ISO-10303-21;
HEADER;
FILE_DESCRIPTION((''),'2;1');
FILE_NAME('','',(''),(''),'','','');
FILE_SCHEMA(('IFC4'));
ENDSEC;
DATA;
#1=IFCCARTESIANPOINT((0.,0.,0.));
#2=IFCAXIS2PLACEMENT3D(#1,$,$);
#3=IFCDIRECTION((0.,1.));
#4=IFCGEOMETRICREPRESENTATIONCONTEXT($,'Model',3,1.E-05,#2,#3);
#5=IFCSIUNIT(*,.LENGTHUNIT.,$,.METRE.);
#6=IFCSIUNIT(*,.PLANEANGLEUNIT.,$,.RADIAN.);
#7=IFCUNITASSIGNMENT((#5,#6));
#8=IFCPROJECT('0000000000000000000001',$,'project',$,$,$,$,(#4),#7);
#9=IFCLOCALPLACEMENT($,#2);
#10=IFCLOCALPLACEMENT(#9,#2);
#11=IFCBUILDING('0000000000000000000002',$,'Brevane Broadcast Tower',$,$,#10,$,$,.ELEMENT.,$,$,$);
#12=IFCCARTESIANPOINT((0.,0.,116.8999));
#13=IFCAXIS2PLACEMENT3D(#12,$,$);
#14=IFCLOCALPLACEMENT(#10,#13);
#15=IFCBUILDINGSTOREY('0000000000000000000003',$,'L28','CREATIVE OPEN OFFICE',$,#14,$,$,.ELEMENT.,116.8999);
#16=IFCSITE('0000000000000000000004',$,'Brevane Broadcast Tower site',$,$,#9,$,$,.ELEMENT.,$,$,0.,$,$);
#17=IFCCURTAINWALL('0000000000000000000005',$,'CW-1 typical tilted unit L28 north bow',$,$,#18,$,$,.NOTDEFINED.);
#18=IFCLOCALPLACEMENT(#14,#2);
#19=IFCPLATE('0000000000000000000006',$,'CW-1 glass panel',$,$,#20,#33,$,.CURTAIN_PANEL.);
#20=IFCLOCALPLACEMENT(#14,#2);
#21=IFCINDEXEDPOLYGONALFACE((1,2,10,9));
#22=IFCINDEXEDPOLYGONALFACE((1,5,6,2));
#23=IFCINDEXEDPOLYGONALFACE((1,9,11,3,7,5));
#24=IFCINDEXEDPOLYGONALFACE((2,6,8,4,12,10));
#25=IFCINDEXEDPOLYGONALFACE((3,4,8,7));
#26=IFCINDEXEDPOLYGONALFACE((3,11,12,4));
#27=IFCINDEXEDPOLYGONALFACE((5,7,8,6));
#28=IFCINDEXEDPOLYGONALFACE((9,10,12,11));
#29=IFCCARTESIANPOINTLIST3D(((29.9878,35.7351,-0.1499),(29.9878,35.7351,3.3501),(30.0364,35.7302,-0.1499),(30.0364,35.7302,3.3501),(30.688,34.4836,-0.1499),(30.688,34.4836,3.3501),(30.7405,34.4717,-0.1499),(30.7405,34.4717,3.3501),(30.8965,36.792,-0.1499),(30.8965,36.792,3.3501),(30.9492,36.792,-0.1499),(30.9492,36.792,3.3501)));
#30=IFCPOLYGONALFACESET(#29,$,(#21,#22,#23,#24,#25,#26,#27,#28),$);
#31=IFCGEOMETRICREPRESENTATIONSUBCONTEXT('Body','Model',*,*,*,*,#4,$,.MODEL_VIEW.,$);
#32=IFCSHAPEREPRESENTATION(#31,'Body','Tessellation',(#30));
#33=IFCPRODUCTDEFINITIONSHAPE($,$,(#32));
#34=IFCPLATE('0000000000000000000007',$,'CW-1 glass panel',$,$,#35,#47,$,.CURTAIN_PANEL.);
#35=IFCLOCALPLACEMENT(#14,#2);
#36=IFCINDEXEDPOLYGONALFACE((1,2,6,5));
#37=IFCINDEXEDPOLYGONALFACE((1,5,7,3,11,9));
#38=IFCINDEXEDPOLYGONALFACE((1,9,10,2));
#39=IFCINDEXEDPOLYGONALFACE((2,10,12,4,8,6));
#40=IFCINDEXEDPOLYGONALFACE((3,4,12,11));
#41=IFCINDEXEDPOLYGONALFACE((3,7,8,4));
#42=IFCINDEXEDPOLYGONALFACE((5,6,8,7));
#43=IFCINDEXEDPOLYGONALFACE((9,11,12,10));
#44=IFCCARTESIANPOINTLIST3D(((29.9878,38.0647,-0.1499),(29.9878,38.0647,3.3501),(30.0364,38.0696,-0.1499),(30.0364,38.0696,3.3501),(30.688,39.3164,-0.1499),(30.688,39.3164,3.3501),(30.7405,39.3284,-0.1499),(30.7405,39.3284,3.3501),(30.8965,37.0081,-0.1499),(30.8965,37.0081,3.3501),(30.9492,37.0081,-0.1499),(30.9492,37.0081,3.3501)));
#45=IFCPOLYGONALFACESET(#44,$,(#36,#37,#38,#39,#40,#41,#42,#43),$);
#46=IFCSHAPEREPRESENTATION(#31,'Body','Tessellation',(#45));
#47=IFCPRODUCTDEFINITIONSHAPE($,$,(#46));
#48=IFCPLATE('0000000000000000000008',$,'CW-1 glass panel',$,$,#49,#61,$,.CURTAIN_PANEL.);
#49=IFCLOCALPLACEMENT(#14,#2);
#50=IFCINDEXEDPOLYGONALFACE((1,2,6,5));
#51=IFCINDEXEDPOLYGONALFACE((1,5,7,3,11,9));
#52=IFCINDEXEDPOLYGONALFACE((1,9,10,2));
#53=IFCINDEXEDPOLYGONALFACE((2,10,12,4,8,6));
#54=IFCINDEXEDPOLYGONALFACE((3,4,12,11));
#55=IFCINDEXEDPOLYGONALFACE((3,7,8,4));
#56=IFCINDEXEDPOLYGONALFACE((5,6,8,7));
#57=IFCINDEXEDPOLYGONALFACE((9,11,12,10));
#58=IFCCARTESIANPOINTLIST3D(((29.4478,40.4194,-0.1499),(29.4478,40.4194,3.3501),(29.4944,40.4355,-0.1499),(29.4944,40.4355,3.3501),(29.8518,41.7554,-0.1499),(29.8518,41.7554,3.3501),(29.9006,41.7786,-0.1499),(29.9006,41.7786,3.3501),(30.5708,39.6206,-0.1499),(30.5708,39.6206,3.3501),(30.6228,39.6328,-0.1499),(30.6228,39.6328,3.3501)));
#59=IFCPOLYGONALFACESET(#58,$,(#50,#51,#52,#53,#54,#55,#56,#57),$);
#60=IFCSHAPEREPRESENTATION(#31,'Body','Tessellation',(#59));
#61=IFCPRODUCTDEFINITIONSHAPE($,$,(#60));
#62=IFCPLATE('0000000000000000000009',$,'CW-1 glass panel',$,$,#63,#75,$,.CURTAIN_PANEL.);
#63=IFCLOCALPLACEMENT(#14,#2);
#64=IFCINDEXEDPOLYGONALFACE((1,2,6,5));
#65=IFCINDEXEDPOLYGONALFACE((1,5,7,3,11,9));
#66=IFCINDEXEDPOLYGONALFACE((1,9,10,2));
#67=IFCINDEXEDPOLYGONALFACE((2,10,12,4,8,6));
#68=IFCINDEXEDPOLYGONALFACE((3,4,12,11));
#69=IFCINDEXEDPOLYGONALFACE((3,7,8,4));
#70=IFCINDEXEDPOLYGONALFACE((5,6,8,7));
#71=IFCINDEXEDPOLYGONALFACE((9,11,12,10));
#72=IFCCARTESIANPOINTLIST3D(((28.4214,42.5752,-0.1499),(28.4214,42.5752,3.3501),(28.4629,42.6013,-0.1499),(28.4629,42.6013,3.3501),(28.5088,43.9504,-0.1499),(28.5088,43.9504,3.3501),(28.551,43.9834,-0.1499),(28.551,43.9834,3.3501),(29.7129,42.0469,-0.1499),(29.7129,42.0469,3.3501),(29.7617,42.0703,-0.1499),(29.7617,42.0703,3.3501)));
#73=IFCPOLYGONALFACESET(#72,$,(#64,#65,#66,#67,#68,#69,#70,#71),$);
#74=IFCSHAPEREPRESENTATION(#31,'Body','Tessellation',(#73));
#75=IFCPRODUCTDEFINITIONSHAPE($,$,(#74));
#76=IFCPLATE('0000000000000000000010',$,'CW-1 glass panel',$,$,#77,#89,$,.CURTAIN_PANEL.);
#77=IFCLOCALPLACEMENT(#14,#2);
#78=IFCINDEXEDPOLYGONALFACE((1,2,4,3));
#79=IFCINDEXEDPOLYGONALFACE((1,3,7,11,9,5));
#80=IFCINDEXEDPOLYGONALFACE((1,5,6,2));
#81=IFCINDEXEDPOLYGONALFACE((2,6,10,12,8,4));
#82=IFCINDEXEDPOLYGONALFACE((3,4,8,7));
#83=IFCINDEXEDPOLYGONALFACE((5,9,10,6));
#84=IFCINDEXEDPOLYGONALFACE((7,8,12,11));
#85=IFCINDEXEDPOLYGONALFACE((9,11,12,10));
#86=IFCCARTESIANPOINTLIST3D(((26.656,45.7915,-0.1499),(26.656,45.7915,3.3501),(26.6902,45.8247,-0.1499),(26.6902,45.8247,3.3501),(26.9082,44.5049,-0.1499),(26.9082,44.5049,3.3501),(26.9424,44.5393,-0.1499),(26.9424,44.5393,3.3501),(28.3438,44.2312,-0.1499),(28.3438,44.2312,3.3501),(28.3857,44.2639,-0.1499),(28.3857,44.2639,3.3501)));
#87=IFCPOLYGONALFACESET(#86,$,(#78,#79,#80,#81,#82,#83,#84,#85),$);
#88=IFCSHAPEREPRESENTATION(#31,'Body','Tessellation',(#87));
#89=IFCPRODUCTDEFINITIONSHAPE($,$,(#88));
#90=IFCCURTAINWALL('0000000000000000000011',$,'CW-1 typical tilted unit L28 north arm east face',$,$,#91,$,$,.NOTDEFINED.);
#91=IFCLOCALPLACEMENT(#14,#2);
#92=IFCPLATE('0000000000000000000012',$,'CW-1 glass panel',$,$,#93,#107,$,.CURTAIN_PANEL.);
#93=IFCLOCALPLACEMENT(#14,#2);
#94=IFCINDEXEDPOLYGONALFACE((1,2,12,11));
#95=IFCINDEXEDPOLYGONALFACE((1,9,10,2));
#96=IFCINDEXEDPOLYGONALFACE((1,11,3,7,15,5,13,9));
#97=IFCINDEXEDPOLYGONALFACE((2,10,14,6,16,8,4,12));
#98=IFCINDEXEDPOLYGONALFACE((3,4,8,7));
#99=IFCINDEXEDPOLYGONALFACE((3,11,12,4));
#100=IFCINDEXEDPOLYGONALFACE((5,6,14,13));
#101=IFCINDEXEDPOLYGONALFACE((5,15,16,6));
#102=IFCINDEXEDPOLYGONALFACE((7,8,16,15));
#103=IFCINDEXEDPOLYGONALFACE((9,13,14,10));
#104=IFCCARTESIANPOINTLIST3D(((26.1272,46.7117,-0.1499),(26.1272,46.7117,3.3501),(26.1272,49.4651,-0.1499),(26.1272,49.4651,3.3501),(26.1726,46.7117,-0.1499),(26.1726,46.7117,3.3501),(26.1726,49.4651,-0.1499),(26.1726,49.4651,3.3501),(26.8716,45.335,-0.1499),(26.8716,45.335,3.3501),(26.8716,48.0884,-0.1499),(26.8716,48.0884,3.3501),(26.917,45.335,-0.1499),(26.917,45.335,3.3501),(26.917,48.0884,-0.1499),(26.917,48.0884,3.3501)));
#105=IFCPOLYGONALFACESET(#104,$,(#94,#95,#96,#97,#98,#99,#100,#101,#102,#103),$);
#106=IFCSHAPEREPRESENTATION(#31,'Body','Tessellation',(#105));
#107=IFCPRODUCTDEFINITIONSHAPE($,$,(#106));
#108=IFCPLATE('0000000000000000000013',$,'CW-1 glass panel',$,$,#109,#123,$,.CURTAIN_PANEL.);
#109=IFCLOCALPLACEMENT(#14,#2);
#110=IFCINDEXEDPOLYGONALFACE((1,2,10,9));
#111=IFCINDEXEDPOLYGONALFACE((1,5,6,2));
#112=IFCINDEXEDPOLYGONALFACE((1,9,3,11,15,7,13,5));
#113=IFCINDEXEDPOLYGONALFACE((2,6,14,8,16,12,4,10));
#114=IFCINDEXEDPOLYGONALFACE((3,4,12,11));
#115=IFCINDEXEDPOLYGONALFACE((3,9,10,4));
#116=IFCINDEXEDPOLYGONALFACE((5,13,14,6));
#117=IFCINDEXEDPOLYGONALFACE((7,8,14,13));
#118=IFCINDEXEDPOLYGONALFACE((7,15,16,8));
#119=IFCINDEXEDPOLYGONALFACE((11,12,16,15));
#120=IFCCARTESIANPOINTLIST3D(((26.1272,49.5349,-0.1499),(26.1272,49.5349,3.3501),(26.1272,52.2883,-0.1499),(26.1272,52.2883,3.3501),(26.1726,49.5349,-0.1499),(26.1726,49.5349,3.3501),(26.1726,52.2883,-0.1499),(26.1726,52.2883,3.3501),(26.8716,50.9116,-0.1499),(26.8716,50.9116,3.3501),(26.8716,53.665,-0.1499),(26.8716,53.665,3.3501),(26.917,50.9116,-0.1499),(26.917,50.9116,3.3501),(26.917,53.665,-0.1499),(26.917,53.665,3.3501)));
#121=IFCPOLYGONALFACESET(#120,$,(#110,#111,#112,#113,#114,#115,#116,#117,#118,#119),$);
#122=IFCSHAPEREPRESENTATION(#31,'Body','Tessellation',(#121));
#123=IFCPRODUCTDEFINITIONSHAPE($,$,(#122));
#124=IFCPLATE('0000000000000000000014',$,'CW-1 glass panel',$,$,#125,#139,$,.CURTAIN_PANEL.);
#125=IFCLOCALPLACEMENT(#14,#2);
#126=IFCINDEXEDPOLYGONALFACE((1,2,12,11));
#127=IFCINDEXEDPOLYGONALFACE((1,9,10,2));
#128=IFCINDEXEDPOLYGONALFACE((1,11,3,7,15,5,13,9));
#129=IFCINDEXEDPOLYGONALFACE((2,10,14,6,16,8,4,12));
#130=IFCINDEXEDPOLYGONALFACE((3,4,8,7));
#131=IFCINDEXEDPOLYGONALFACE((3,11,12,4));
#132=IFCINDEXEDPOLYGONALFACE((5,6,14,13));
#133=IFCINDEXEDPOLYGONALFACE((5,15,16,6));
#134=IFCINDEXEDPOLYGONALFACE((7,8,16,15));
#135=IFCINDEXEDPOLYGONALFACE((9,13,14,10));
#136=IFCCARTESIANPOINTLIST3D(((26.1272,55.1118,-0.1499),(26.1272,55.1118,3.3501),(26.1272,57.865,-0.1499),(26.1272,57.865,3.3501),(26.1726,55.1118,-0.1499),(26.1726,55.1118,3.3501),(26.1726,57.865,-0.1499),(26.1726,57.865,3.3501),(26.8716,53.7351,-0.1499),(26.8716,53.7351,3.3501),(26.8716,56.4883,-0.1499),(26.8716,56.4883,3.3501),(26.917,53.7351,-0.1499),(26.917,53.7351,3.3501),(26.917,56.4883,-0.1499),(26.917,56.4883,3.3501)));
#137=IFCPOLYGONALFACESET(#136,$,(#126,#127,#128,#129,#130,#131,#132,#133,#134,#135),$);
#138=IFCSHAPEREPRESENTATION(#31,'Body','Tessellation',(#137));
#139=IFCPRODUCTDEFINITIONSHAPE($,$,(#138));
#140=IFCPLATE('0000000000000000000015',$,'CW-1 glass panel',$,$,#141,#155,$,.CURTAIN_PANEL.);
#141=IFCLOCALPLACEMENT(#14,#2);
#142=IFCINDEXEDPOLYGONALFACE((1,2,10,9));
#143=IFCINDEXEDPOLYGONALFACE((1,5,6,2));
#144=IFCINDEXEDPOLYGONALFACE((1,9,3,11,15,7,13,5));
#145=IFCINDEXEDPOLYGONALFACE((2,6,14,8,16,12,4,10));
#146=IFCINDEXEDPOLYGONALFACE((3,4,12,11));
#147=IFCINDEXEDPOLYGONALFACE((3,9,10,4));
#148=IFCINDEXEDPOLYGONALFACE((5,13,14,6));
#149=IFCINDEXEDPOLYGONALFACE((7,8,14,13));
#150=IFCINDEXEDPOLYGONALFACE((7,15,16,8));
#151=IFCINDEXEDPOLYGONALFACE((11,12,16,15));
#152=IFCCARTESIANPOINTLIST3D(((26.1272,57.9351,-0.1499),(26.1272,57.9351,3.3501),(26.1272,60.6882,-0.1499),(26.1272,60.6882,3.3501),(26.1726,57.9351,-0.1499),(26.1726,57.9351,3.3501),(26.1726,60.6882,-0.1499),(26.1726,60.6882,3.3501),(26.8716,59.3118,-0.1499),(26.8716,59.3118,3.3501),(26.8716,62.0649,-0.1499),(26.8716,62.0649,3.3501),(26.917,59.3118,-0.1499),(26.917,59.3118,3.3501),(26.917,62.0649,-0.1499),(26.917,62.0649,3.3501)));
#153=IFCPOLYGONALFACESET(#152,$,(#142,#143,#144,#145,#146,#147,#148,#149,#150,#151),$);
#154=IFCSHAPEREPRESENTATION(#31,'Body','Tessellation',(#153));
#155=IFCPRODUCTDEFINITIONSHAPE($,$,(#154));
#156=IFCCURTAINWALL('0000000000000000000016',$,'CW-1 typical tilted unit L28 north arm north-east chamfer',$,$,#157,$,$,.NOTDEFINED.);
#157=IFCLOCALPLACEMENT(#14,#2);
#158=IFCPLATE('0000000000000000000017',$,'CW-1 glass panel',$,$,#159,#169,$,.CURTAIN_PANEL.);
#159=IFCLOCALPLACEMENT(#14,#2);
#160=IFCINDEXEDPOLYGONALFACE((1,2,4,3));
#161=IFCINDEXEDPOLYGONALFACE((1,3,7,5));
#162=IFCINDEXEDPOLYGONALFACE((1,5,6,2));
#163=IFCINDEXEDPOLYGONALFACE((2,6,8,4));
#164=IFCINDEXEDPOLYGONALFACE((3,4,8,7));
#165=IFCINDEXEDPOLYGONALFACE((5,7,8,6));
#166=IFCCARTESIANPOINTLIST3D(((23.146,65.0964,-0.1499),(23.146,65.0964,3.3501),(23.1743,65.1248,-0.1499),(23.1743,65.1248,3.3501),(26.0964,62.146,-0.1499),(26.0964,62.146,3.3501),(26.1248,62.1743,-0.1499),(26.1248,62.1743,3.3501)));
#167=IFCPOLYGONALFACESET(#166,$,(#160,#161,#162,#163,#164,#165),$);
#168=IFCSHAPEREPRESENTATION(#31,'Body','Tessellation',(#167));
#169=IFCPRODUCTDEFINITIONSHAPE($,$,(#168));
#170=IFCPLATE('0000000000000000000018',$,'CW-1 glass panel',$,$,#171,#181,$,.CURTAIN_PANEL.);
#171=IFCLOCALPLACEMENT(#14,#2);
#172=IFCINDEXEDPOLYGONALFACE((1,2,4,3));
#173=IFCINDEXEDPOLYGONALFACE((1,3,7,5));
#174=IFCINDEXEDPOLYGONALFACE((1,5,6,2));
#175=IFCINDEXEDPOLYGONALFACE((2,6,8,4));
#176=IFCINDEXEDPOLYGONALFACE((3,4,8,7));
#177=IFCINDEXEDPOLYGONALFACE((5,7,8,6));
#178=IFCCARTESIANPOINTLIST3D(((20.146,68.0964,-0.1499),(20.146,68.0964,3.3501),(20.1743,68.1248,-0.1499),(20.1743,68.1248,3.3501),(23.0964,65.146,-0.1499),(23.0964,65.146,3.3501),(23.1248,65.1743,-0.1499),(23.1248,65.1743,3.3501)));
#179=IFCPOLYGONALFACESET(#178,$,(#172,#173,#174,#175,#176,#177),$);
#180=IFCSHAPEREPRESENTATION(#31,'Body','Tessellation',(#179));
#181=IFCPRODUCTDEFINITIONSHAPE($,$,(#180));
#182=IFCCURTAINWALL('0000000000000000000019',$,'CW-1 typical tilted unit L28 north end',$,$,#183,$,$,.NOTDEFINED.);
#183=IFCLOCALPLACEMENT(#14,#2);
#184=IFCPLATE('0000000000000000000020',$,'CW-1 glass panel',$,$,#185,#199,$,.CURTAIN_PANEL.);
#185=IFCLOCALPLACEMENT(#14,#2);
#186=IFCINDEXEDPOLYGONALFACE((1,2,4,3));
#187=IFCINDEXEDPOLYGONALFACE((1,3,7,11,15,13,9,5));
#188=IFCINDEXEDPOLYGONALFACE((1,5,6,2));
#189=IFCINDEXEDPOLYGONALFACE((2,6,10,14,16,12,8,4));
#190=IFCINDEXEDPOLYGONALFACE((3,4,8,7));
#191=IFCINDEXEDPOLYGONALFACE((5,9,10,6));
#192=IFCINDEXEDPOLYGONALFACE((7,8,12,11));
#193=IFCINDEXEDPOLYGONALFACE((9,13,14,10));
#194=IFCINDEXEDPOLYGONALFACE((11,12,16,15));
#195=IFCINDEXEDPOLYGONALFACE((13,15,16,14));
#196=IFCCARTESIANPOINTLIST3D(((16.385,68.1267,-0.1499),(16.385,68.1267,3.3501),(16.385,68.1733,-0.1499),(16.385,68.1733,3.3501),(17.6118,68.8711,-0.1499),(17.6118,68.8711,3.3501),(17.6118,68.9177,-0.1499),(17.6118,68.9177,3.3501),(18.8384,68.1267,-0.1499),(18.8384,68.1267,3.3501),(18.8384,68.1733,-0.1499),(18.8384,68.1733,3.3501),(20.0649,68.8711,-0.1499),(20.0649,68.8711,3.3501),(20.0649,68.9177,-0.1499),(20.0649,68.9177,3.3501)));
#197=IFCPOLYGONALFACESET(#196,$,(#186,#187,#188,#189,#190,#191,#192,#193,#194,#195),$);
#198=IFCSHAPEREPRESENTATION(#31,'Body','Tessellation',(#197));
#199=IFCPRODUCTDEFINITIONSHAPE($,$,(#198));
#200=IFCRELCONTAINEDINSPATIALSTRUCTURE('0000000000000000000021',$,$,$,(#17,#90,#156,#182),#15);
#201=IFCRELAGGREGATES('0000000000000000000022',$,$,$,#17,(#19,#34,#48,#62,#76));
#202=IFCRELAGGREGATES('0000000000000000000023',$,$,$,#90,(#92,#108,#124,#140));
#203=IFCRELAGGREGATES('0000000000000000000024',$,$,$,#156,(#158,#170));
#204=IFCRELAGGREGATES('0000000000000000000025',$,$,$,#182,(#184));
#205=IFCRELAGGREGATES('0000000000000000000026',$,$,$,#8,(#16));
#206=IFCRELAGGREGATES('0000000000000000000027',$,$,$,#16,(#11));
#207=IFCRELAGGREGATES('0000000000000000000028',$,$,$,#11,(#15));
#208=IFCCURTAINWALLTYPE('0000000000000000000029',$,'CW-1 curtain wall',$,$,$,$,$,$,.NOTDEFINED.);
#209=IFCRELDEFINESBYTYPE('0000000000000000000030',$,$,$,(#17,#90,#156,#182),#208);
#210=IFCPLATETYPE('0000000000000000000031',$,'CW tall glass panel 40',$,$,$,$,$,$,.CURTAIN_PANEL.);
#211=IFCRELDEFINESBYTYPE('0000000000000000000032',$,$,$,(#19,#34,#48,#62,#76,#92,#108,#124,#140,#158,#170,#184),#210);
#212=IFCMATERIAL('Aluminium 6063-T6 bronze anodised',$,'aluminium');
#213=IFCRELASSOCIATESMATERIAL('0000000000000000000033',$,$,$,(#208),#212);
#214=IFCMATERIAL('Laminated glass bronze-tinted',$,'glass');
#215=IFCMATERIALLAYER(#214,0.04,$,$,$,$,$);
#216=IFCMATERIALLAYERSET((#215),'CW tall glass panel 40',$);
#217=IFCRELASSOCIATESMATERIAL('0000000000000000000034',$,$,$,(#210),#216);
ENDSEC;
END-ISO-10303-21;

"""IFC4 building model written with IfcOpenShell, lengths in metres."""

from ifc_helpers import new_model, si_unit, direction, frame, origin, place, context, subcontext, project, spatial, polyline, outline, extrude, material, layer, layer_set, type_object, element, aggregate, save


model = new_model("IFC4")

# Units and contexts
model_context = context("Model", 3, precision=1e-05, world=origin(), true_north=direction((0.0, 1.0)))
body_context = subcontext(model_context, "Body", "Model", "MODEL_VIEW")
ifc_project = project(units=[si_unit("LENGTHUNIT", "METRE"), si_unit("PLANEANGLEUNIT", "RADIAN")], contexts=[model_context])

# Site, building, storey
site_placement = place(None, origin())
site = spatial("IfcSite", under=ifc_project, at=site_placement, Name="Brevane Broadcast Tower site", CompositionType="ELEMENT", RefElevation=0.0)
building_placement = place(site_placement, origin())
building = spatial("IfcBuilding", under=site, at=building_placement, Name="Brevane Broadcast Tower", CompositionType="ELEMENT")
storey_placement = place(building_placement, frame((0.0, 0.0, 116.8999)))
storey = spatial("IfcBuildingStorey", under=building, at=storey_placement, Name="L28", Description="CREATIVE OPEN OFFICE", CompositionType="ELEMENT", Elevation=116.8999)

# Shared definitions
ifc_material_1 = material(Name="Aluminium 6063-T6 bronze anodised", Category="aluminium")
curtain_wall_type = type_object("IfcCurtainWallType", Name="CW-1 curtain wall", PredefinedType="NOTDEFINED", material=ifc_material_1)

# Curtain walls, plates
ifc_material_2 = material(Name="Laminated glass bronze-tinted", Category="glass")
ifc_layer = layer(ifc_material_2, 0.04)
ifc_layer_set = layer_set([ifc_layer], Name="CW tall glass panel 40")
plate_type = type_object("IfcPlateType", Name="CW tall glass panel 40", PredefinedType="CURTAIN_PANEL", material=ifc_layer_set)
curtain_wall_1_placement = place(storey_placement, origin())
curtain_wall_1 = element("IfcCurtainWall", 1, at=curtain_wall_1_placement, inside=storey, type_object=curtain_wall_type, Name="CW-1 typical tilted unit L28 north bow", PredefinedType="NOTDEFINED")
plate_1_placement = place(storey_placement, frame((0.0, 0.0, -0.1499)))
plate_1 = element("IfcPlate", 2, at=plate_1_placement, type_object=plate_type, Name="CW-1 glass panel", PredefinedType="CURTAIN_PANEL", context=body_context, shape_type="SweptSolid", body=[
    extrude(outline(polyline([(30.688, 34.4836), (30.7405, 34.4717), (30.0364, 35.7302), (30.9492, 36.792), (30.8965, 36.792), (29.9878, 35.7351), (30.688, 34.4836)])), origin(), (0.0, 0.0, 1.0), 3.5),
])
plate_2_placement = place(storey_placement, frame((0.0, 0.0, -0.1499)))
plate_2 = element("IfcPlate", 3, at=plate_2_placement, type_object=plate_type, Name="CW-1 glass panel", PredefinedType="CURTAIN_PANEL", context=body_context, shape_type="SweptSolid", body=[
    extrude(outline(polyline([(30.8965, 37.0081), (30.9492, 37.0081), (30.0364, 38.0696), (30.7405, 39.3284), (30.688, 39.3164), (29.9878, 38.0647), (30.8965, 37.0081)])), origin(), (0.0, 0.0, 1.0), 3.5),
])
plate_3_placement = place(storey_placement, frame((0.0, 0.0, -0.1499)))
plate_3 = element("IfcPlate", 4, at=plate_3_placement, type_object=plate_type, Name="CW-1 glass panel", PredefinedType="CURTAIN_PANEL", context=body_context, shape_type="SweptSolid", body=[
    extrude(outline(polyline([(30.5708, 39.6206), (30.6228, 39.6328), (29.4944, 40.4355), (29.9006, 41.7786), (29.8518, 41.7554), (29.4478, 40.4194), (30.5708, 39.6206)])), origin(), (0.0, 0.0, 1.0), 3.5),
])
plate_4_placement = place(storey_placement, frame((0.0, 0.0, -0.1499)))
plate_4 = element("IfcPlate", 5, at=plate_4_placement, type_object=plate_type, Name="CW-1 glass panel", PredefinedType="CURTAIN_PANEL", context=body_context, shape_type="SweptSolid", body=[
    extrude(outline(polyline([(29.7129, 42.0469), (29.7617, 42.0703), (28.4629, 42.6013), (28.551, 43.9834), (28.5088, 43.9504), (28.4214, 42.5752), (29.7129, 42.0469)])), origin(), (0.0, 0.0, 1.0), 3.5),
])
plate_5_placement = place(storey_placement, frame((0.0, 0.0, -0.1499)))
plate_5 = element("IfcPlate", 6, at=plate_5_placement, type_object=plate_type, Name="CW-1 glass panel", PredefinedType="CURTAIN_PANEL", context=body_context, shape_type="SweptSolid", body=[
    extrude(outline(polyline([(28.3438, 44.2312), (28.3857, 44.2639), (26.9424, 44.5393), (26.6902, 45.8247), (26.656, 45.7915), (26.9082, 44.5049), (28.3438, 44.2312)])), origin(), (0.0, 0.0, 1.0), 3.5),
])
aggregate(curtain_wall_1, [plate_1, plate_2, plate_3, plate_4, plate_5])
curtain_wall_2_placement = place(storey_placement, origin())
curtain_wall_2 = element("IfcCurtainWall", 7, at=curtain_wall_2_placement, inside=storey, type_object=curtain_wall_type, Name="CW-1 typical tilted unit L28 north arm east face", PredefinedType="NOTDEFINED")
plate_6_placement = place(storey_placement, frame((0.0, 0.0, -0.1499)))
plate_6 = element("IfcPlate", 8, at=plate_6_placement, type_object=plate_type, Name="CW-1 glass panel", PredefinedType="CURTAIN_PANEL", context=body_context, shape_type="SweptSolid", body=[
    extrude(outline(polyline([(26.8716, 45.335), (26.917, 45.335), (26.1726, 46.7117), (26.917, 48.0884), (26.1726, 49.4651), (26.1272, 49.4651), (26.8716, 48.0884), (26.1272, 46.7117), (26.8716, 45.335)])), origin(), (0.0, 0.0, 1.0), 3.5),
])
plate_7_placement = place(storey_placement, frame((0.0, 0.0, -0.1499)))
plate_7 = element("IfcPlate", 9, at=plate_7_placement, type_object=plate_type, Name="CW-1 glass panel", PredefinedType="CURTAIN_PANEL", context=body_context, shape_type="SweptSolid", body=[
    extrude(outline(polyline([(26.1272, 49.5349), (26.1726, 49.5349), (26.917, 50.9116), (26.1726, 52.2883), (26.917, 53.665), (26.8716, 53.665), (26.1272, 52.2883), (26.8716, 50.9116), (26.1272, 49.5349)])), origin(), (0.0, 0.0, 1.0), 3.5),
])
plate_8_placement = place(storey_placement, frame((0.0, 0.0, -0.1499)))
plate_8 = element("IfcPlate", 10, at=plate_8_placement, type_object=plate_type, Name="CW-1 glass panel", PredefinedType="CURTAIN_PANEL", context=body_context, shape_type="SweptSolid", body=[
    extrude(outline(polyline([(26.8716, 53.7351), (26.917, 53.7351), (26.1726, 55.1118), (26.917, 56.4883), (26.1726, 57.865), (26.1272, 57.865), (26.8716, 56.4883), (26.1272, 55.1118), (26.8716, 53.7351)])), origin(), (0.0, 0.0, 1.0), 3.5),
])
plate_9_placement = place(storey_placement, frame((0.0, 0.0, -0.1499)))
plate_9 = element("IfcPlate", 11, at=plate_9_placement, type_object=plate_type, Name="CW-1 glass panel", PredefinedType="CURTAIN_PANEL", context=body_context, shape_type="SweptSolid", body=[
    extrude(outline(polyline([(26.1272, 57.9351), (26.1726, 57.9351), (26.917, 59.3118), (26.1726, 60.6882), (26.917, 62.0649), (26.8716, 62.0649), (26.1272, 60.6882), (26.8716, 59.3118), (26.1272, 57.9351)])), origin(), (0.0, 0.0, 1.0), 3.5),
])
aggregate(curtain_wall_2, [plate_6, plate_7, plate_8, plate_9])
curtain_wall_3_placement = place(storey_placement, origin())
curtain_wall_3 = element("IfcCurtainWall", 12, at=curtain_wall_3_placement, inside=storey, type_object=curtain_wall_type, Name="CW-1 typical tilted unit L28 north arm north-east chamfer", PredefinedType="NOTDEFINED")
plate_10_placement = place(storey_placement, frame((0.0, 0.0, -0.1499)))
plate_10 = element("IfcPlate", 13, at=plate_10_placement, type_object=plate_type, Name="CW-1 glass panel", PredefinedType="CURTAIN_PANEL", context=body_context, shape_type="SweptSolid", body=[
    extrude(outline(polyline([(26.0964, 62.146), (23.146, 65.0964), (23.1743, 65.1248), (26.1248, 62.1743), (26.0964, 62.146)])), origin(), (0.0, 0.0, 1.0), 3.5),
])
plate_11_placement = place(storey_placement, frame((0.0, 0.0, -0.1499)))
plate_11 = element("IfcPlate", 14, at=plate_11_placement, type_object=plate_type, Name="CW-1 glass panel", PredefinedType="CURTAIN_PANEL", context=body_context, shape_type="SweptSolid", body=[
    extrude(outline(polyline([(23.0964, 65.146), (20.146, 68.0964), (20.1743, 68.1248), (23.1248, 65.1743), (23.0964, 65.146)])), origin(), (0.0, 0.0, 1.0), 3.5),
])
aggregate(curtain_wall_3, [plate_10, plate_11])
curtain_wall_4_placement = place(storey_placement, origin())
curtain_wall_4 = element("IfcCurtainWall", 15, at=curtain_wall_4_placement, inside=storey, type_object=curtain_wall_type, Name="CW-1 typical tilted unit L28 north end", PredefinedType="NOTDEFINED")
plate_12_placement = place(storey_placement, frame((0.0, 0.0, -0.1499)))
plate_12 = element("IfcPlate", 16, at=plate_12_placement, type_object=plate_type, Name="CW-1 glass panel", PredefinedType="CURTAIN_PANEL", context=body_context, shape_type="SweptSolid", body=[
    extrude(outline(polyline([(20.0649, 68.8711), (20.0649, 68.9177), (18.8384, 68.1733), (17.6118, 68.9177), (16.385, 68.1733), (16.385, 68.1267), (17.6118, 68.8711), (18.8384, 68.1267), (20.0649, 68.8711)])), origin(), (0.0, 0.0, 1.0), 3.5),
])
aggregate(curtain_wall_4, [plate_12])

save(model, "model.ifc")
